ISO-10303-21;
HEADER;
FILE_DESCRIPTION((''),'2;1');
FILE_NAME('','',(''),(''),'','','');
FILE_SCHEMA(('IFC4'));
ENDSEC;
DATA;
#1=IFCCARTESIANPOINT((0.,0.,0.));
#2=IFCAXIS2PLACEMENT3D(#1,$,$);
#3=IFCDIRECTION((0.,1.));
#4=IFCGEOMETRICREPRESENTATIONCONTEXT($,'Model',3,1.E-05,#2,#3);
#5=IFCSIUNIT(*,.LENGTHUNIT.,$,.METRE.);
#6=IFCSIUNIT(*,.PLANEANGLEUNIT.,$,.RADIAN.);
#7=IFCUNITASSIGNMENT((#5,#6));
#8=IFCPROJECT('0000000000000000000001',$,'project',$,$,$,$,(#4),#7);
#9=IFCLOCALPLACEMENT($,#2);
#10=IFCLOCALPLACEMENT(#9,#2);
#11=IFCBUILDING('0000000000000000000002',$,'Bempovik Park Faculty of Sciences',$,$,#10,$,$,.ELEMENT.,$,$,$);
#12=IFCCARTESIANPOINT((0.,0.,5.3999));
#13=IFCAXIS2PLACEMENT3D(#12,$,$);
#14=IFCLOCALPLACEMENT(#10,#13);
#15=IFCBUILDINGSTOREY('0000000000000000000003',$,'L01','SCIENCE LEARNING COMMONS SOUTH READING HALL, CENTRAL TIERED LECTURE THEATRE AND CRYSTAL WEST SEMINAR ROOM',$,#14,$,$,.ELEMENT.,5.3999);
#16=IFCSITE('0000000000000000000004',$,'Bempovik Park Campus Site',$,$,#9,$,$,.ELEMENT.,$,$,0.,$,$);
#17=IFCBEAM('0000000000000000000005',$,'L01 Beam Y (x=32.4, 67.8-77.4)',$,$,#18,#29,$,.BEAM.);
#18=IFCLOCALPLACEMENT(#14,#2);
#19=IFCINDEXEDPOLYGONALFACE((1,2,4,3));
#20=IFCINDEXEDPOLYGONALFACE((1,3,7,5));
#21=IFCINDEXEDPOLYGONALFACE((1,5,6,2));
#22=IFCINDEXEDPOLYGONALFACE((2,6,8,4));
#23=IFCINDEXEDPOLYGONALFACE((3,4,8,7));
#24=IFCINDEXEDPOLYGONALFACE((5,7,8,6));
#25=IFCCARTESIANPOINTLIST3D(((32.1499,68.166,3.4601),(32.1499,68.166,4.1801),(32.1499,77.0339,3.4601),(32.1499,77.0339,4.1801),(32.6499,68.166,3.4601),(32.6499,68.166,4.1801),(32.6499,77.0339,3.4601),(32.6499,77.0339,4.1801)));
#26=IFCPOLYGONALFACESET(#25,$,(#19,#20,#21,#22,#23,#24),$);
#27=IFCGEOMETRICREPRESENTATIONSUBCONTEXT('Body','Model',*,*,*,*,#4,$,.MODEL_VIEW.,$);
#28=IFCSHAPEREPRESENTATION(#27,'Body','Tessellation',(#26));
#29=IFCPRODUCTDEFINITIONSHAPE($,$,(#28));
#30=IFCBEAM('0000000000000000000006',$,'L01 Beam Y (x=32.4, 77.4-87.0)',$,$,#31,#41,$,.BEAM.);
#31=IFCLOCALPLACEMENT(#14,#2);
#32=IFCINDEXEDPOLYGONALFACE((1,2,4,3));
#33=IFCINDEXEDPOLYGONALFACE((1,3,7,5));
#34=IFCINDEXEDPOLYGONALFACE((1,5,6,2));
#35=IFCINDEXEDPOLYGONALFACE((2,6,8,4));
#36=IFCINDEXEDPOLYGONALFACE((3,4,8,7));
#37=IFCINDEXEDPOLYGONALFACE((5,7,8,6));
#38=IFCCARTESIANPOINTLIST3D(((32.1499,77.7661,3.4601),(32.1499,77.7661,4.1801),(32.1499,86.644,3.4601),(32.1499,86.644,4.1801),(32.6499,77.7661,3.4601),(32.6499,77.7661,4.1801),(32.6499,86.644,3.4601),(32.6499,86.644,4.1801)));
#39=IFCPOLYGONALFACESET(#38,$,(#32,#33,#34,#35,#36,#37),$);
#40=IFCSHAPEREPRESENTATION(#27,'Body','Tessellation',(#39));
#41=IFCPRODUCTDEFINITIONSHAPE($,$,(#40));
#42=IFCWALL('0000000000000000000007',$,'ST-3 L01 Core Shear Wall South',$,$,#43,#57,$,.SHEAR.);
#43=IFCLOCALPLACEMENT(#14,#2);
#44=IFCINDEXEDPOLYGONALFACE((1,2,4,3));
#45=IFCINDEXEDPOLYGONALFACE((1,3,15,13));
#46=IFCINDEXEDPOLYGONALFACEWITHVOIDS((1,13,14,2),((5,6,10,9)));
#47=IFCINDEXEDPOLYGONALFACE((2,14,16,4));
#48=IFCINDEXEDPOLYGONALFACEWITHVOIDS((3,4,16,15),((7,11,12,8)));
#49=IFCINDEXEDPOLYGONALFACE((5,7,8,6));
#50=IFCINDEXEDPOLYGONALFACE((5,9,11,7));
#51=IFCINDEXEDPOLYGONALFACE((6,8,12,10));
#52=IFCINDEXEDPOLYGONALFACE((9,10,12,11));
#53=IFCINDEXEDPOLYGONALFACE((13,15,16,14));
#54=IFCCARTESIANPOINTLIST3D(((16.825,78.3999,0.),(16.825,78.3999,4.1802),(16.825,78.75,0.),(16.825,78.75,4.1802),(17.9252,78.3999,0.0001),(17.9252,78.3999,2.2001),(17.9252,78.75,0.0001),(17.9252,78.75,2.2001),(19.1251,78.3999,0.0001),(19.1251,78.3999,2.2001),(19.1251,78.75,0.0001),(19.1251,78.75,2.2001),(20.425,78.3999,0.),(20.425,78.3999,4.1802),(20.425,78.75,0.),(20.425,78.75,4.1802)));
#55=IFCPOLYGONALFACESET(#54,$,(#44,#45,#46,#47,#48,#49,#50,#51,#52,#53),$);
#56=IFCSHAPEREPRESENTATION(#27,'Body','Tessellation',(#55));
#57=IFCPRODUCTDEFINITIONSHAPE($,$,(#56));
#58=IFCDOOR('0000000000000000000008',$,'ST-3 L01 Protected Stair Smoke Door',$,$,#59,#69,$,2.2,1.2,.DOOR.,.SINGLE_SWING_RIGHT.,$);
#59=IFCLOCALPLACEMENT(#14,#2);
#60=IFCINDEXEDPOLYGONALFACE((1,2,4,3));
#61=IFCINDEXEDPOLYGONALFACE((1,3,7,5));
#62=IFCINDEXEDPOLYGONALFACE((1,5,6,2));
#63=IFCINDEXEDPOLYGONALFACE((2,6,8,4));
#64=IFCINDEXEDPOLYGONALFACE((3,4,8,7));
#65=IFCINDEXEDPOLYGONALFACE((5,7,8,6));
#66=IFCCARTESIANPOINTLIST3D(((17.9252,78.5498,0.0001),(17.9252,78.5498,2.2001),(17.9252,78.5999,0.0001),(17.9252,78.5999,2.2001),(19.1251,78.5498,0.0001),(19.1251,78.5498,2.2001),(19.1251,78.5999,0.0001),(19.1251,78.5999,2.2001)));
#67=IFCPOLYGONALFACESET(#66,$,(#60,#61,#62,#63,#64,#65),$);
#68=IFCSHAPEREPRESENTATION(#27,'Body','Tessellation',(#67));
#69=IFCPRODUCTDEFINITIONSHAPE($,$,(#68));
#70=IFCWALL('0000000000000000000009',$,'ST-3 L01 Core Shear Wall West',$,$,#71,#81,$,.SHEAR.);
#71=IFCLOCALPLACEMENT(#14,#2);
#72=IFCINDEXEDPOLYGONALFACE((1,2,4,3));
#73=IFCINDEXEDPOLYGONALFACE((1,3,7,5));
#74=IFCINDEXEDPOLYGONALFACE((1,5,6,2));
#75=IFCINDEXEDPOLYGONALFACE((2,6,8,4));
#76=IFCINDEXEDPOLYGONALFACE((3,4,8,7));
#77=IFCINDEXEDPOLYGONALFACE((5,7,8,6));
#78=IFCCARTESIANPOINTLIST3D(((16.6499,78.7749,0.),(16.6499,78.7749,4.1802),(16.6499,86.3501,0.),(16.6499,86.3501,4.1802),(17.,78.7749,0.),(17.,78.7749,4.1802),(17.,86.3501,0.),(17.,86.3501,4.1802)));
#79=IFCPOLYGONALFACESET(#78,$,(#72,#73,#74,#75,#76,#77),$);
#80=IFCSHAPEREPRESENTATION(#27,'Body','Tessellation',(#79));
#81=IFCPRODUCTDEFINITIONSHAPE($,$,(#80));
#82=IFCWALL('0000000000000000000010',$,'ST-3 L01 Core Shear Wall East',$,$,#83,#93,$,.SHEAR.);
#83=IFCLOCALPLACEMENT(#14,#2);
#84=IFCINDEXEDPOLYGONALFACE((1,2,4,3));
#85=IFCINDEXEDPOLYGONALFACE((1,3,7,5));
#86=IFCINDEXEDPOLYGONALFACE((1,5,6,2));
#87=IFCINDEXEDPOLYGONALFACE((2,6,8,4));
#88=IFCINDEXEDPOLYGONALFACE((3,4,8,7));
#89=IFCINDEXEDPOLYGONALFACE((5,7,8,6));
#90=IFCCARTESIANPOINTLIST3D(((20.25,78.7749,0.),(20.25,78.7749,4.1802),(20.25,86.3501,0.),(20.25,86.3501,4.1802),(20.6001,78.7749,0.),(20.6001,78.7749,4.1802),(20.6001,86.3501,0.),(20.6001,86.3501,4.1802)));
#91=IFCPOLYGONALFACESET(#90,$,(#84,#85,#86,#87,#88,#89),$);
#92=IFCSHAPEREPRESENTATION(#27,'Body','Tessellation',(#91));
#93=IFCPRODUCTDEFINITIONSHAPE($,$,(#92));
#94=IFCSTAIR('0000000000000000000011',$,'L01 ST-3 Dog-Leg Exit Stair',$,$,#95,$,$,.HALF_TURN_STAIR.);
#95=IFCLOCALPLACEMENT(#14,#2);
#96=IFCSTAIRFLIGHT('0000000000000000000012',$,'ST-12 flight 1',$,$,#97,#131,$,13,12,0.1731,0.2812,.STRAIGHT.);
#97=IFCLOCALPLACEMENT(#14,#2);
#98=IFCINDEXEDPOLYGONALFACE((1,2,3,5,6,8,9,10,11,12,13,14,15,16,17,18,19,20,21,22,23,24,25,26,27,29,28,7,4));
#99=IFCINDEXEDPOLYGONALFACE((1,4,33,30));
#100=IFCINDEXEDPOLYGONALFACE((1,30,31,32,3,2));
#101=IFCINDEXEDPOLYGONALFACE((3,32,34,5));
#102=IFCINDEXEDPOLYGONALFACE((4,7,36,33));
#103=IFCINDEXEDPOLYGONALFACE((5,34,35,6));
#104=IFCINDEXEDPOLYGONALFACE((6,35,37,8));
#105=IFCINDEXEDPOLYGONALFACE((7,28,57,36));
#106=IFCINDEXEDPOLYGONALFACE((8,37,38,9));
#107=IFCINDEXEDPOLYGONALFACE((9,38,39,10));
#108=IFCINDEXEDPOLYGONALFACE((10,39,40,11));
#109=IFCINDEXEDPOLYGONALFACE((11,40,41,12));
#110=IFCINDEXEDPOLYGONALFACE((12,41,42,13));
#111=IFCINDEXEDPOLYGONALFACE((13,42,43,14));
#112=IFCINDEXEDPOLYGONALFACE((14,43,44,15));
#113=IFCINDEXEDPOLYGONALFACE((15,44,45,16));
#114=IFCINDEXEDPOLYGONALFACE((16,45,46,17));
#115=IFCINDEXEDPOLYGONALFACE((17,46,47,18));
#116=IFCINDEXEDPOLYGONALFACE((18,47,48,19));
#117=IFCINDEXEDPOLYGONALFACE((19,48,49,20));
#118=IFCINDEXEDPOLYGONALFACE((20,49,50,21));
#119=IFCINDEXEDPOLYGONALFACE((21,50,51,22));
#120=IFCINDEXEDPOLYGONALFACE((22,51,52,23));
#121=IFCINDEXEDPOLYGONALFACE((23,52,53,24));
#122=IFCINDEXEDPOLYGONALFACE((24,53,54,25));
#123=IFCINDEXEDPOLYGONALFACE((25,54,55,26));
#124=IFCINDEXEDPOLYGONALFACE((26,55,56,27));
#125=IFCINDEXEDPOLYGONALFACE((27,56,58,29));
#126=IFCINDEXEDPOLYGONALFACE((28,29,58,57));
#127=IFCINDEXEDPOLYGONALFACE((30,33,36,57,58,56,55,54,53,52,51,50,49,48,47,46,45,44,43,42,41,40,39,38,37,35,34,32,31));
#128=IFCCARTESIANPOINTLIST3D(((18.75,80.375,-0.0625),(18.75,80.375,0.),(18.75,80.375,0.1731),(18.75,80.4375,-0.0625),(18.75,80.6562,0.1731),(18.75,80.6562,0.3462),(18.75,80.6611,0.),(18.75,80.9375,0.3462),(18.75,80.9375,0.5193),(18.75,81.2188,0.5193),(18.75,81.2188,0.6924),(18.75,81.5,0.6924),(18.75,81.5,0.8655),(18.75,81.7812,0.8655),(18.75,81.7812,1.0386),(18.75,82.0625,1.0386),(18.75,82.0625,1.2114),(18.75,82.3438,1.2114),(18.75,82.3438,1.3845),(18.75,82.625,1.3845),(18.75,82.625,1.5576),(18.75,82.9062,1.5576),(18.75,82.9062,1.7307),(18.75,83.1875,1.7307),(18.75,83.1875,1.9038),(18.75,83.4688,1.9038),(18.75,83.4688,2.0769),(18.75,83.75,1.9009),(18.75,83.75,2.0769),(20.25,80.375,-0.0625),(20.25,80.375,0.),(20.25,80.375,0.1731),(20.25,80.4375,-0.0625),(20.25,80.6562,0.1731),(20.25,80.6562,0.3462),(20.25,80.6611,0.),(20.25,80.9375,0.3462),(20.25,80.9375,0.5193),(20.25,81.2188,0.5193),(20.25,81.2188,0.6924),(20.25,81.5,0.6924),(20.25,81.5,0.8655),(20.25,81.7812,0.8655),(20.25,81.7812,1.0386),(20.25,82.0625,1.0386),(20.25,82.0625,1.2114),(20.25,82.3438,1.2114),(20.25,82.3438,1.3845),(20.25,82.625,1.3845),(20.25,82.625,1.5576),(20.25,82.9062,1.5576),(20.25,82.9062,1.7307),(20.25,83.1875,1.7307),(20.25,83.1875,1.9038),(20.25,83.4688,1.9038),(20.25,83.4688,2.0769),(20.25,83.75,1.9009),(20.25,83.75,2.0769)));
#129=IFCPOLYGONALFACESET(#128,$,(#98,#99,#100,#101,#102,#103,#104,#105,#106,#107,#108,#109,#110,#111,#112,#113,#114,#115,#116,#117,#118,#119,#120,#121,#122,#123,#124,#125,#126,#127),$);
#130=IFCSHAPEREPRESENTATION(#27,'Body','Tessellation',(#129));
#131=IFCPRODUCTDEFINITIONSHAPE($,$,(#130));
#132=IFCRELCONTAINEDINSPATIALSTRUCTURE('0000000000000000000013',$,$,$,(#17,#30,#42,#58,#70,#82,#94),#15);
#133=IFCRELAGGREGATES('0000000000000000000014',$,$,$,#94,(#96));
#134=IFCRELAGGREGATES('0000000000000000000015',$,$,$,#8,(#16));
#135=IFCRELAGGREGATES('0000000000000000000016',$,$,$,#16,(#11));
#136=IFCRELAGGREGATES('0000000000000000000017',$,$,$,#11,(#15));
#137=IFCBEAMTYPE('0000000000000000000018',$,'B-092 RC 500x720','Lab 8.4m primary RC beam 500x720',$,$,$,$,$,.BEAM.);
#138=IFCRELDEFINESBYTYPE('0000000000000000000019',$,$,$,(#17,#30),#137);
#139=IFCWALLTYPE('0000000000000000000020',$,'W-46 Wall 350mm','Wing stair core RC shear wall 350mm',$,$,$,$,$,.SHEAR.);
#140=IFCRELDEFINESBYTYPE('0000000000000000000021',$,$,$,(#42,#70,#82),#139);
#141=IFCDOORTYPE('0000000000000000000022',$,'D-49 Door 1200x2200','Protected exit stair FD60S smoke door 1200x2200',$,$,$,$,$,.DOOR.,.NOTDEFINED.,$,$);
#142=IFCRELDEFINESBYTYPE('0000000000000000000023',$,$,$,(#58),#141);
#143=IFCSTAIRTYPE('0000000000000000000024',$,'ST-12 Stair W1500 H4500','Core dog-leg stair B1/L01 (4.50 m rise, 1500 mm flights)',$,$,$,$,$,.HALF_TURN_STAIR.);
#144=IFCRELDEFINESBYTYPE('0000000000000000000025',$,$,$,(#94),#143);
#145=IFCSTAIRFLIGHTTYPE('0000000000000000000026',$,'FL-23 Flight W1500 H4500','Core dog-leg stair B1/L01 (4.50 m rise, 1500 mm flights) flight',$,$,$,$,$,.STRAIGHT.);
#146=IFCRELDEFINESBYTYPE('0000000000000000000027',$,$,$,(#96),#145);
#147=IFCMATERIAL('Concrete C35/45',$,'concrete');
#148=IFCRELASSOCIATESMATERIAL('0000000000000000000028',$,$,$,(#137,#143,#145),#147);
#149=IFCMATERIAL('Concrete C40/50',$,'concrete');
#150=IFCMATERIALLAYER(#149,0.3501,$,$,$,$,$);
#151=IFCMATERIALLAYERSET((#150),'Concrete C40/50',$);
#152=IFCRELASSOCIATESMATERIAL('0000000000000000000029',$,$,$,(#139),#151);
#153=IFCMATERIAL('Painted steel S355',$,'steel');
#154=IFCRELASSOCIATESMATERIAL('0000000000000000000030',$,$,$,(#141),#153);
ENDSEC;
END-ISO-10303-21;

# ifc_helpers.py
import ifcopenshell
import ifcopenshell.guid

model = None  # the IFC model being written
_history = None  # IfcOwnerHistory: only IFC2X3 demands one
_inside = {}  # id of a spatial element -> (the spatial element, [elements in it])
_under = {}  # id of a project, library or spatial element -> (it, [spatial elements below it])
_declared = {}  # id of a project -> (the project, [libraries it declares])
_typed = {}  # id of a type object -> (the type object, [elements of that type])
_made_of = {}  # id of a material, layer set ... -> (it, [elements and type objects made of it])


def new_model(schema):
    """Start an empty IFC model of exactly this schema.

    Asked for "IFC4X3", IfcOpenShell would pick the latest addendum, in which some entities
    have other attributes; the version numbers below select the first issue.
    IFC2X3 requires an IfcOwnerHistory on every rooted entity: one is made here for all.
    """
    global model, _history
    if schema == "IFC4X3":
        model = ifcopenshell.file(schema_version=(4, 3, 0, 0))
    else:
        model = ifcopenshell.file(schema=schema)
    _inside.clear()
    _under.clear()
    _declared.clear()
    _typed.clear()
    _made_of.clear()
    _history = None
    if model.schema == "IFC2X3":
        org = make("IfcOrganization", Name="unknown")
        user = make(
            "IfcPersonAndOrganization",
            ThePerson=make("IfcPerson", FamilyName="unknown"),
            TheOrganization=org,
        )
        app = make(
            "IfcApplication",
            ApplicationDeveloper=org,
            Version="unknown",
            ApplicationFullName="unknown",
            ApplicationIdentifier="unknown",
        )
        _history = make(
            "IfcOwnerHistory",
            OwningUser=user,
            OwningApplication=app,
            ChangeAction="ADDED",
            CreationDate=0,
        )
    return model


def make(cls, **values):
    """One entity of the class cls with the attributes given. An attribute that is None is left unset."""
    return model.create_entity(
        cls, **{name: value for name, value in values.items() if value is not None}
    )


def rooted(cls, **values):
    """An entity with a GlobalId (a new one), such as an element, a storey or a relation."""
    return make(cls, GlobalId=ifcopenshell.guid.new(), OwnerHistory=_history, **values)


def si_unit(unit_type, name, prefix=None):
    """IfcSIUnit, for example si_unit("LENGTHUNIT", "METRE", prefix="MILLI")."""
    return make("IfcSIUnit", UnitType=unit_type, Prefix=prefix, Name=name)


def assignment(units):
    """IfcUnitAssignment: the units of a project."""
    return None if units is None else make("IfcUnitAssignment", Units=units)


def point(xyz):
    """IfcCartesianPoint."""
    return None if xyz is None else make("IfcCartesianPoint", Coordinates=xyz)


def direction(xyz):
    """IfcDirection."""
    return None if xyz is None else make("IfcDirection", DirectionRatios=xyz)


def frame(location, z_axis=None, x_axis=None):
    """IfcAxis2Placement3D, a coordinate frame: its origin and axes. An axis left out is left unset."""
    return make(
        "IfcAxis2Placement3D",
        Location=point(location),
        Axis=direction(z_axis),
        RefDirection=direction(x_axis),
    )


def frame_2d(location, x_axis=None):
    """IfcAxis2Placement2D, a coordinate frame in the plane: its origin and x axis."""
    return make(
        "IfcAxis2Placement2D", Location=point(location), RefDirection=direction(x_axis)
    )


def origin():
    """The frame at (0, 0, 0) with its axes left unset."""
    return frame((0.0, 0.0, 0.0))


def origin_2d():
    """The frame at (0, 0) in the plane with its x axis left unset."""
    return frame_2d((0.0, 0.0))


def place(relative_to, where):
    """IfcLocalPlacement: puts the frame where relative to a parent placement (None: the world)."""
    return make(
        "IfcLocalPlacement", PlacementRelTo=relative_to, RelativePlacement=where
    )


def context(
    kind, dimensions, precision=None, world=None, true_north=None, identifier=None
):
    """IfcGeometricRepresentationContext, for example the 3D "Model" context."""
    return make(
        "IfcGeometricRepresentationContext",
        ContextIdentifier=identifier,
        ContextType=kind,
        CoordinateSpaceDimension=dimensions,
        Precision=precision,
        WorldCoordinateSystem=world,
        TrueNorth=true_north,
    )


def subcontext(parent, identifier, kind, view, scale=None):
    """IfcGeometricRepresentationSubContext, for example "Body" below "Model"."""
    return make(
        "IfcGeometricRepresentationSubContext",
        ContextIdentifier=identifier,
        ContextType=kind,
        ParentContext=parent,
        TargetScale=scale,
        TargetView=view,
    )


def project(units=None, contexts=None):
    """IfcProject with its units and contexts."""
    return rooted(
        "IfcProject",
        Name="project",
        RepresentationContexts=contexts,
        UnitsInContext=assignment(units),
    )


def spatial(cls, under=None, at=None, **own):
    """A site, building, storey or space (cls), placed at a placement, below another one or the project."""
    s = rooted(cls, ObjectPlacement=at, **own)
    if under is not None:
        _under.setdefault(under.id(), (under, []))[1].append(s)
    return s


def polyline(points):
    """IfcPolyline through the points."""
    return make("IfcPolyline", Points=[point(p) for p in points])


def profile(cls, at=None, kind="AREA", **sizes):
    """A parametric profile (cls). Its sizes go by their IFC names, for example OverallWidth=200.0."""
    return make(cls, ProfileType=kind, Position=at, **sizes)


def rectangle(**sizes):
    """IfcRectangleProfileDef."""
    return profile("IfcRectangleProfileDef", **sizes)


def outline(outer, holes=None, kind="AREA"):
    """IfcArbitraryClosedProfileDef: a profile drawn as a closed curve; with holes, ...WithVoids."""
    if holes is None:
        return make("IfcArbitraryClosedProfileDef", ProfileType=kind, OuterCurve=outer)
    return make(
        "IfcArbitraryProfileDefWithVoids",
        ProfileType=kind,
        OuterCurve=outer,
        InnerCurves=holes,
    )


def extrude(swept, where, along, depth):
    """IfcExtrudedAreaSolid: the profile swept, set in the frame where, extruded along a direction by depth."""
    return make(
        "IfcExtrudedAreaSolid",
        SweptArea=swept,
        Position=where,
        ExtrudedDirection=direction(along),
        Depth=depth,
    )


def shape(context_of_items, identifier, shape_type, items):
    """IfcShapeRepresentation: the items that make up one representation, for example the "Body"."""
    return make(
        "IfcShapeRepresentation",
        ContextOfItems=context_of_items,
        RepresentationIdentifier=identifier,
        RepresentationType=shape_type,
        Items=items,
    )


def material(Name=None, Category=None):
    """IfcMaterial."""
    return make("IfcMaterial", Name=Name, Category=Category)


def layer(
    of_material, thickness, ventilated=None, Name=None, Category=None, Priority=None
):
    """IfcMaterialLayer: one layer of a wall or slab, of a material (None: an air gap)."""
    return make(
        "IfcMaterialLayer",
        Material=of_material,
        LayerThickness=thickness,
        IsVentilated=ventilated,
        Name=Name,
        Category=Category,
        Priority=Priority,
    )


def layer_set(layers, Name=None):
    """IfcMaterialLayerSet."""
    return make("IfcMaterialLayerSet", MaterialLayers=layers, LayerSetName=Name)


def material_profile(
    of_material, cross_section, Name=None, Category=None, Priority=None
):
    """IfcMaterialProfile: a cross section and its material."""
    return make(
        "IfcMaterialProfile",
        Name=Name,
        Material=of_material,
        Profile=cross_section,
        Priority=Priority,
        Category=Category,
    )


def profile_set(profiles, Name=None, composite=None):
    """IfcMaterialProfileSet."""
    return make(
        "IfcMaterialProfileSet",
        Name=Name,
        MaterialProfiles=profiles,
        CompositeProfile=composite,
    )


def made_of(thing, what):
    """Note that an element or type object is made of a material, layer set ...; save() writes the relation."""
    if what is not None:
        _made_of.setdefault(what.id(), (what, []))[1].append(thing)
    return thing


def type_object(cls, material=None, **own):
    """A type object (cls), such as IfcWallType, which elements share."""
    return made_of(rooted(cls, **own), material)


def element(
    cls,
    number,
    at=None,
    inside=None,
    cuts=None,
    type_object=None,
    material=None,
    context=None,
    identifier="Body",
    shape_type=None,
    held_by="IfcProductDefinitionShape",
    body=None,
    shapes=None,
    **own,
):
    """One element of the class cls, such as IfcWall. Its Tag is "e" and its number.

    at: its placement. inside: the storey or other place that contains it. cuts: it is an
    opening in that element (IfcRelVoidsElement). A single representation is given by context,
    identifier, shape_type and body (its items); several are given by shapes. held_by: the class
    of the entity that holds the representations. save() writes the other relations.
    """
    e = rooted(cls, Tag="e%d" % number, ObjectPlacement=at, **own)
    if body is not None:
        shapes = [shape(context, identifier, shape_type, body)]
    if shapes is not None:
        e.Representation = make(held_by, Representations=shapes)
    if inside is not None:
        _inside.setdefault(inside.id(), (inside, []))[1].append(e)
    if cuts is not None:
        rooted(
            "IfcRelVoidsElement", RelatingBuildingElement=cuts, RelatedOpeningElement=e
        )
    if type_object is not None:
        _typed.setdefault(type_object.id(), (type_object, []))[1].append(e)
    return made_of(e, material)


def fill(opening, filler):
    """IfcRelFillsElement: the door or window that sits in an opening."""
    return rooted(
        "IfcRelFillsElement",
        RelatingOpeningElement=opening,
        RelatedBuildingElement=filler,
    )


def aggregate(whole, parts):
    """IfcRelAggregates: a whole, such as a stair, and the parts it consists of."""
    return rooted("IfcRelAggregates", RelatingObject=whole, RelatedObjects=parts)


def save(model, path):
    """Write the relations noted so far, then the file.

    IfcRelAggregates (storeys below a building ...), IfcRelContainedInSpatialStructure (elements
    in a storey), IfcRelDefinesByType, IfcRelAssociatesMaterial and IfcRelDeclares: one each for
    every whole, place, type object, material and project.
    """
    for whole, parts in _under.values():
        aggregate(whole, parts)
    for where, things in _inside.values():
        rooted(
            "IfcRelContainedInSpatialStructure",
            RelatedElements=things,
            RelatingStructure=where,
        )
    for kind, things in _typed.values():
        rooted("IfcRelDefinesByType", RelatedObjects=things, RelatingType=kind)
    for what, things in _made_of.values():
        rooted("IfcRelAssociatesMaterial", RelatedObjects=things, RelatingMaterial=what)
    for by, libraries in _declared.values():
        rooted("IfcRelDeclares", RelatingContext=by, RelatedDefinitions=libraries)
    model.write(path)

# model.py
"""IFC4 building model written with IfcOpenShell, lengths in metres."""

from ifc_helpers import new_model, si_unit, direction, frame, frame_2d, origin, origin_2d, place, context, subcontext, project, spatial, polyline, rectangle, outline, extrude, material, layer, layer_set, material_profile, profile_set, type_object, element, fill, aggregate, save


model = new_model("IFC4")

# Units and contexts
model_context = context("Model", 3, precision=1e-05, world=origin(), true_north=direction((0.0, 1.0)))
body_context = subcontext(model_context, "Body", "Model", "MODEL_VIEW")
ifc_project = project(units=[si_unit("LENGTHUNIT", "METRE"), si_unit("PLANEANGLEUNIT", "RADIAN")], contexts=[model_context])

# Site, building, storey
site_placement = place(None, origin())
site = spatial("IfcSite", under=ifc_project, at=site_placement, Name="Bempovik Park Campus Site", CompositionType="ELEMENT", RefElevation=0.0)
building_placement = place(site_placement, origin())
building = spatial("IfcBuilding", under=site, at=building_placement, Name="Bempovik Park Faculty of Sciences", CompositionType="ELEMENT")
storey_placement = place(building_placement, frame((0.0, 0.0, 5.3999)))
storey = spatial("IfcBuildingStorey", under=building, at=storey_placement, Name="L01", Description="SCIENCE LEARNING COMMONS SOUTH READING HALL, CENTRAL TIERED LECTURE THEATRE AND CRYSTAL WEST SEMINAR ROOM", CompositionType="ELEMENT", Elevation=5.3999)

# Shared definitions
ifc_material_1 = material(Name="Concrete C40/50", Category="concrete")

# Beams
ifc_material_2 = material(Name="Concrete C35/45", Category="concrete")
ifc_material_profile_1 = material_profile(ifc_material_2, rectangle(XDim=0.5, YDim=0.72, at=origin_2d()), Name="RC 500x720")
ifc_profile_set_1 = profile_set([ifc_material_profile_1], Name="Concrete C35/45")
beam_type_1 = type_object("IfcBeamType", Name="B-092 RC 500x720", Description="Lab 8.4m primary RC beam 500x720", PredefinedType="BEAM", material=ifc_profile_set_1)
beam_1_placement = place(storey_placement, frame((32.3999, 68.166, 3.8201), z_axis=(0.0, 1.0, 0.0), x_axis=(-1.0, 0.0, 0.0)))
element("IfcBeam", 1, at=beam_1_placement, inside=storey, type_object=beam_type_1, Name="L01 Beam Y (x=32.4, 67.8-77.4)", PredefinedType="BEAM", context=body_context, shape_type="SweptSolid", body=[
    extrude(rectangle(XDim=0.5, YDim=0.72, at=origin_2d()), origin(), (0.0, 0.0, 1.0), 8.8679),
])
beam_2_placement = place(storey_placement, frame((32.3999, 77.7661, 3.8201), z_axis=(0.0, 1.0, 0.0), x_axis=(-1.0, 0.0, 0.0)))
element("IfcBeam", 2, at=beam_2_placement, inside=storey, type_object=beam_type_1, Name="L01 Beam Y (x=32.4, 77.4-87.0)", PredefinedType="BEAM", context=body_context, shape_type="SweptSolid", body=[
    extrude(rectangle(XDim=0.5, YDim=0.72, at=origin_2d()), origin(), (0.0, 0.0, 1.0), 8.8779),
])

# Wall, opening, door
ifc_layer = layer(ifc_material_1, 0.3501)
ifc_layer_set = layer_set([ifc_layer], Name="Concrete C40/50")
wall_type = type_object("IfcWallType", Name="W-46 Wall 350mm", Description="Wing stair core RC shear wall 350mm", PredefinedType="SHEAR", material=ifc_layer_set)
wall_placement = place(storey_placement, frame((16.825, 78.575, 0.0), z_axis=(0.0, 0.0, 1.0), x_axis=(1.0, 0.0, 0.0)))
wall = element("IfcWall", 3, at=wall_placement, inside=storey, type_object=wall_type, Name="ST-3 L01 Core Shear Wall South", PredefinedType="SHEAR", context=body_context, shape_type="SweptSolid", body=[
    extrude(rectangle(XDim=3.6001, YDim=0.3501, at=frame_2d((1.8, 0.0))), origin(), (0.0, 0.0, 1.0), 4.1802),
])
opening_placement = place(wall_placement, frame((1.1001, 0.0, 0.0)))
opening = element("IfcOpeningElement", 4, at=opening_placement, cuts=wall, PredefinedType="OPENING", context=body_context, shape_type="SweptSolid", body=[
    extrude(rectangle(XDim=1.2, YDim=2.2, at=frame_2d((0.6001, 1.1001))), frame((0.0, 0.1851, 0.0), z_axis=(0.0, -1.0, 0.0), x_axis=(1.0, 0.0, 0.0)), (0.0, 0.0, 1.0), 0.3701),
])
ifc_material_3 = material(Name="Painted steel S355", Category="steel")
door_type = type_object("IfcDoorType", Name="D-49 Door 1200x2200", Description="Protected exit stair FD60S smoke door 1200x2200", OperationType="NOTDEFINED", PredefinedType="DOOR", material=ifc_material_3)
door_placement = place(opening_placement, origin())
door = element("IfcDoor", 5, at=door_placement, inside=storey, type_object=door_type, Name="ST-3 L01 Protected Stair Smoke Door", OperationType="SINGLE_SWING_RIGHT", OverallHeight=2.2, OverallWidth=1.2, PredefinedType="DOOR", context=body_context, shape_type="SweptSolid", body=[
    extrude(rectangle(XDim=1.2, YDim=2.2, at=frame_2d((0.6001, 1.1001))), frame((0.0, 0.0249, 0.0), z_axis=(0.0, -1.0, 0.0), x_axis=(1.0, 0.0, 0.0)), (0.0, 0.0, 1.0), 0.05),
])
fill(opening, door)

# Walls
for number, where, z_axis, x_axis, name in (
    (6, (16.825, 78.7749, 0.0), (0.0, 0.0, 1.0), (0.0, 1.0, 0.0), "ST-3 L01 Core Shear Wall West"),
    (7, (20.425, 78.7749, 0.0), (0.0, 0.0, 1.0), (0.0, 1.0, 0.0), "ST-3 L01 Core Shear Wall East"),
):
    element("IfcWall", number, at=place(storey_placement, frame(where, z_axis=z_axis, x_axis=x_axis)), inside=storey, type_object=wall_type, Name=name, PredefinedType="SHEAR", context=body_context, shape_type="SweptSolid", body=[
        extrude(rectangle(XDim=7.5752, YDim=0.3501, at=frame_2d((3.7876, 0.0))), origin(), (0.0, 0.0, 1.0), 4.1802),
    ])

# Stair, stair flight
stair_type = type_object("IfcStairType", Name="ST-12 Stair W1500 H4500", Description="Core dog-leg stair B1/L01 (4.50 m rise, 1500 mm flights)", PredefinedType="HALF_TURN_STAIR", material=ifc_material_2)
stair_placement = place(storey_placement, origin())
stair = element("IfcStair", 8, at=stair_placement, inside=storey, type_object=stair_type, Name="L01 ST-3 Dog-Leg Exit Stair", PredefinedType="HALF_TURN_STAIR")
stair_flight_type = type_object("IfcStairFlightType", Name="FL-23 Flight W1500 H4500", Description="Core dog-leg stair B1/L01 (4.50 m rise, 1500 mm flights) flight", PredefinedType="STRAIGHT", material=ifc_material_2)
stair_flight_placement = place(storey_placement, frame((19.5, 80.375, 0.0), z_axis=(0.0, 0.0, 1.0), x_axis=(0.0, 1.0, 0.0)))
stair_flight = element("IfcStairFlight", 9, at=stair_flight_placement, type_object=stair_flight_type, Name="ST-12 flight 1", NumberOfRisers=13, NumberOfTreads=12, PredefinedType="STRAIGHT", RiserHeight=0.1731, TreadLength=0.2812, context=body_context, shape_type="SweptSolid", body=[
    extrude(outline(polyline([(0.0, 0.0), (0.0, 0.1731), (0.2812, 0.1731), (0.2812, 0.3462), (0.5625, 0.3462), (0.5625, 0.5193), (0.8438, 0.5193), (0.8438, 0.6924), (1.125, 0.6924), (1.125, 0.8655), (1.4062, 0.8655), (1.4062, 1.0386), (1.6875, 1.0386), (1.6875, 1.2114), (1.9688, 1.2114), (1.9688, 1.3845), (2.25, 1.3845), (2.25, 1.5576), (2.5312, 1.5576), (2.5312, 1.7307), (2.8125, 1.7307), (2.8125, 1.9038), (3.0938, 1.9038), (3.0938, 2.0769), (3.375, 2.0769), (3.375, 2.25), (3.375, 1.9009), (0.2861, 0.0), (0.0625, -0.0625), (0.0, -0.0625), (0.0, 0.0)])), frame((0.0, 0.75, 0.0), z_axis=(0.0, -1.0, 0.0), x_axis=(1.0, 0.0, 0.0)), (0.0, 0.0, 1.0), 1.5),
])
aggregate(stair, [stair_flight])

save(model, "model.ifc")
